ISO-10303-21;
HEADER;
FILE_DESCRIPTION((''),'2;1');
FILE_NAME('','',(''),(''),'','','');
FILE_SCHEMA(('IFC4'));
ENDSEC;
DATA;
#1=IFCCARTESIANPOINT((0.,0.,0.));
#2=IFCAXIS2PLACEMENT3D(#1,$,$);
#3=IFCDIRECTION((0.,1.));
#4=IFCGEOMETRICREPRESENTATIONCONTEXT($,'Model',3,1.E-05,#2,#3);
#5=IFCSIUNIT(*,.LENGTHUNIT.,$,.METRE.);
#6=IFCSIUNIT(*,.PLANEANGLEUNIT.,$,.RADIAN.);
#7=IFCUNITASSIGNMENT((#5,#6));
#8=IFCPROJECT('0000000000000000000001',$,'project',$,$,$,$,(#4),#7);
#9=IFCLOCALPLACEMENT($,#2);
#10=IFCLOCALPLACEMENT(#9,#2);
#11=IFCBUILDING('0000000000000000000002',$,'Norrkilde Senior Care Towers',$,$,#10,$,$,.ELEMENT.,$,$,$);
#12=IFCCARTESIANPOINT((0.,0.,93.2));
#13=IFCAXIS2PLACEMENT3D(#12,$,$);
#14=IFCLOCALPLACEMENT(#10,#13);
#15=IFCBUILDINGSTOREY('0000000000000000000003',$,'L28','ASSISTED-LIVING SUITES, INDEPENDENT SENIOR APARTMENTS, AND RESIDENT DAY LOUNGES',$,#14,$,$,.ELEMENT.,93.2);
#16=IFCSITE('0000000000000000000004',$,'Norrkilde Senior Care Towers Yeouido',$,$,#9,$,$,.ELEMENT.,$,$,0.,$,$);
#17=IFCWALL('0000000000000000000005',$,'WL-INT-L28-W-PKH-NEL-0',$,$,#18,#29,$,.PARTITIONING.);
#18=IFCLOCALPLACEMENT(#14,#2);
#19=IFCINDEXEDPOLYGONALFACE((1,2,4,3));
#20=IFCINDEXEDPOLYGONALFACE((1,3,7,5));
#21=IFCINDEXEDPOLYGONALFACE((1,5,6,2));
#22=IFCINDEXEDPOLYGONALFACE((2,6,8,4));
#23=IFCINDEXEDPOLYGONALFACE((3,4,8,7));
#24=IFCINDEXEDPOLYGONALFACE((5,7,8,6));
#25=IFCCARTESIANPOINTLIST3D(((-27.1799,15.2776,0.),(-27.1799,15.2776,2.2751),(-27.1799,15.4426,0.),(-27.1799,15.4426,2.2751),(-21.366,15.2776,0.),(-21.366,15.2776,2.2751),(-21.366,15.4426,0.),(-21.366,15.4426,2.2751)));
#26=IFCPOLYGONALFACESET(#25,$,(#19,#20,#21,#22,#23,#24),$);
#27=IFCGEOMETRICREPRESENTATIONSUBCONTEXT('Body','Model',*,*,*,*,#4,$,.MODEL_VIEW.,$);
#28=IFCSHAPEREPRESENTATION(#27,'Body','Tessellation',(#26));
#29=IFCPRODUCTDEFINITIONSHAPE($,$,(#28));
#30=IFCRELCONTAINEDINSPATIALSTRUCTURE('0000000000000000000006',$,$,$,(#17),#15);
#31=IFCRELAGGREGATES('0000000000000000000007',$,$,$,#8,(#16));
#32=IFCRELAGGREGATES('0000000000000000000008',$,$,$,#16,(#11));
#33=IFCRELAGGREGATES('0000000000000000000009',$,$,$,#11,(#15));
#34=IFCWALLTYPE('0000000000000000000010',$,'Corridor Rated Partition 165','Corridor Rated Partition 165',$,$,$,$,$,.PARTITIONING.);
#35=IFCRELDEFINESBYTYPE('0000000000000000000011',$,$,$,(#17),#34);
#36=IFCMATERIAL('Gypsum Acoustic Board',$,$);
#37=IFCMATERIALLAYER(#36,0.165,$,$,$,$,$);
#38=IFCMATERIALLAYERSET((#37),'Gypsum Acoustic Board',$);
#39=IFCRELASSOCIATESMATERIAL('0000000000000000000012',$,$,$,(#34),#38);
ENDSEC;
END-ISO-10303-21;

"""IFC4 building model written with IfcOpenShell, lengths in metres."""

from ifc_helpers import new_model, si_unit, direction, frame, frame_2d, origin, place, context, subcontext, project, spatial, rectangle, extrude, source, transform, mapped, material, layer, layer_set, type_object, element, save


model = new_model("IFC4")

# Units and contexts
model_context = context("Model", 3, precision=1e-05, world=origin(), true_north=direction((0.0, 1.0)))
body_context = subcontext(model_context, "Body", "Model", "MODEL_VIEW")
ifc_project = project(units=[si_unit("LENGTHUNIT", "METRE"), si_unit("PLANEANGLEUNIT", "RADIAN")], contexts=[model_context])

# Site, building, storey
site_placement = place(None, origin())
site = spatial("IfcSite", under=ifc_project, at=site_placement, Name="Norrkilde Senior Care Towers Yeouido", CompositionType="ELEMENT", RefElevation=0.0)
building_placement = place(site_placement, origin())
building = spatial("IfcBuilding", under=site, at=building_placement, Name="Norrkilde Senior Care Towers", CompositionType="ELEMENT")
storey_placement = place(building_placement, frame((0.0, 0.0, 93.2)))
storey = spatial("IfcBuildingStorey", under=building, at=storey_placement, Name="L28", Description="ASSISTED-LIVING SUITES, INDEPENDENT SENIOR APARTMENTS, AND RESIDENT DAY LOUNGES", CompositionType="ELEMENT", Elevation=93.2)

# Shared definitions
ifc_material_1 = material(Name="Gypsum Acoustic Board")
ifc_layer_1 = layer(ifc_material_1, 0.165)
ifc_layer_set_1 = layer_set([ifc_layer_1], Name="Gypsum Acoustic Board")
wall_type = type_object("IfcWallType", Name="Corridor Rated Partition 165", Description="Corridor Rated Partition 165", PredefinedType="PARTITIONING", material=ifc_layer_set_1)

# Wall
shared_shape_1 = source(origin(), body_context, "Body", "SweptSolid", [
    extrude(rectangle(XDim=5.814, YDim=0.165, at=frame_2d((2.907, 0.0))), origin(), (0.0, 0.0, 1.0), 2.2751),
])
wall_1_placement = place(storey_placement, frame((-27.1799, 15.3601, 0.0), z_axis=(0.0, 0.0, 1.0), x_axis=(1.0, 0.0, 0.0)))
element("IfcWall", 1, at=wall_1_placement, inside=storey, type_object=wall_type, Name="WL-INT-L28-W-PKH-NEL-0", PredefinedType="PARTITIONING", context=body_context, shape_type="MappedRepresentation", body=[
    mapped(shared_shape_1, transform((0.0, 0.0, 0.0), x_axis=(1.0, 0.0, 0.0), y_axis=(0.0, 1.0, 0.0), z_axis=(0.0, 0.0, 1.0), scale=1.0)),
])

save(model, "model.ifc")
